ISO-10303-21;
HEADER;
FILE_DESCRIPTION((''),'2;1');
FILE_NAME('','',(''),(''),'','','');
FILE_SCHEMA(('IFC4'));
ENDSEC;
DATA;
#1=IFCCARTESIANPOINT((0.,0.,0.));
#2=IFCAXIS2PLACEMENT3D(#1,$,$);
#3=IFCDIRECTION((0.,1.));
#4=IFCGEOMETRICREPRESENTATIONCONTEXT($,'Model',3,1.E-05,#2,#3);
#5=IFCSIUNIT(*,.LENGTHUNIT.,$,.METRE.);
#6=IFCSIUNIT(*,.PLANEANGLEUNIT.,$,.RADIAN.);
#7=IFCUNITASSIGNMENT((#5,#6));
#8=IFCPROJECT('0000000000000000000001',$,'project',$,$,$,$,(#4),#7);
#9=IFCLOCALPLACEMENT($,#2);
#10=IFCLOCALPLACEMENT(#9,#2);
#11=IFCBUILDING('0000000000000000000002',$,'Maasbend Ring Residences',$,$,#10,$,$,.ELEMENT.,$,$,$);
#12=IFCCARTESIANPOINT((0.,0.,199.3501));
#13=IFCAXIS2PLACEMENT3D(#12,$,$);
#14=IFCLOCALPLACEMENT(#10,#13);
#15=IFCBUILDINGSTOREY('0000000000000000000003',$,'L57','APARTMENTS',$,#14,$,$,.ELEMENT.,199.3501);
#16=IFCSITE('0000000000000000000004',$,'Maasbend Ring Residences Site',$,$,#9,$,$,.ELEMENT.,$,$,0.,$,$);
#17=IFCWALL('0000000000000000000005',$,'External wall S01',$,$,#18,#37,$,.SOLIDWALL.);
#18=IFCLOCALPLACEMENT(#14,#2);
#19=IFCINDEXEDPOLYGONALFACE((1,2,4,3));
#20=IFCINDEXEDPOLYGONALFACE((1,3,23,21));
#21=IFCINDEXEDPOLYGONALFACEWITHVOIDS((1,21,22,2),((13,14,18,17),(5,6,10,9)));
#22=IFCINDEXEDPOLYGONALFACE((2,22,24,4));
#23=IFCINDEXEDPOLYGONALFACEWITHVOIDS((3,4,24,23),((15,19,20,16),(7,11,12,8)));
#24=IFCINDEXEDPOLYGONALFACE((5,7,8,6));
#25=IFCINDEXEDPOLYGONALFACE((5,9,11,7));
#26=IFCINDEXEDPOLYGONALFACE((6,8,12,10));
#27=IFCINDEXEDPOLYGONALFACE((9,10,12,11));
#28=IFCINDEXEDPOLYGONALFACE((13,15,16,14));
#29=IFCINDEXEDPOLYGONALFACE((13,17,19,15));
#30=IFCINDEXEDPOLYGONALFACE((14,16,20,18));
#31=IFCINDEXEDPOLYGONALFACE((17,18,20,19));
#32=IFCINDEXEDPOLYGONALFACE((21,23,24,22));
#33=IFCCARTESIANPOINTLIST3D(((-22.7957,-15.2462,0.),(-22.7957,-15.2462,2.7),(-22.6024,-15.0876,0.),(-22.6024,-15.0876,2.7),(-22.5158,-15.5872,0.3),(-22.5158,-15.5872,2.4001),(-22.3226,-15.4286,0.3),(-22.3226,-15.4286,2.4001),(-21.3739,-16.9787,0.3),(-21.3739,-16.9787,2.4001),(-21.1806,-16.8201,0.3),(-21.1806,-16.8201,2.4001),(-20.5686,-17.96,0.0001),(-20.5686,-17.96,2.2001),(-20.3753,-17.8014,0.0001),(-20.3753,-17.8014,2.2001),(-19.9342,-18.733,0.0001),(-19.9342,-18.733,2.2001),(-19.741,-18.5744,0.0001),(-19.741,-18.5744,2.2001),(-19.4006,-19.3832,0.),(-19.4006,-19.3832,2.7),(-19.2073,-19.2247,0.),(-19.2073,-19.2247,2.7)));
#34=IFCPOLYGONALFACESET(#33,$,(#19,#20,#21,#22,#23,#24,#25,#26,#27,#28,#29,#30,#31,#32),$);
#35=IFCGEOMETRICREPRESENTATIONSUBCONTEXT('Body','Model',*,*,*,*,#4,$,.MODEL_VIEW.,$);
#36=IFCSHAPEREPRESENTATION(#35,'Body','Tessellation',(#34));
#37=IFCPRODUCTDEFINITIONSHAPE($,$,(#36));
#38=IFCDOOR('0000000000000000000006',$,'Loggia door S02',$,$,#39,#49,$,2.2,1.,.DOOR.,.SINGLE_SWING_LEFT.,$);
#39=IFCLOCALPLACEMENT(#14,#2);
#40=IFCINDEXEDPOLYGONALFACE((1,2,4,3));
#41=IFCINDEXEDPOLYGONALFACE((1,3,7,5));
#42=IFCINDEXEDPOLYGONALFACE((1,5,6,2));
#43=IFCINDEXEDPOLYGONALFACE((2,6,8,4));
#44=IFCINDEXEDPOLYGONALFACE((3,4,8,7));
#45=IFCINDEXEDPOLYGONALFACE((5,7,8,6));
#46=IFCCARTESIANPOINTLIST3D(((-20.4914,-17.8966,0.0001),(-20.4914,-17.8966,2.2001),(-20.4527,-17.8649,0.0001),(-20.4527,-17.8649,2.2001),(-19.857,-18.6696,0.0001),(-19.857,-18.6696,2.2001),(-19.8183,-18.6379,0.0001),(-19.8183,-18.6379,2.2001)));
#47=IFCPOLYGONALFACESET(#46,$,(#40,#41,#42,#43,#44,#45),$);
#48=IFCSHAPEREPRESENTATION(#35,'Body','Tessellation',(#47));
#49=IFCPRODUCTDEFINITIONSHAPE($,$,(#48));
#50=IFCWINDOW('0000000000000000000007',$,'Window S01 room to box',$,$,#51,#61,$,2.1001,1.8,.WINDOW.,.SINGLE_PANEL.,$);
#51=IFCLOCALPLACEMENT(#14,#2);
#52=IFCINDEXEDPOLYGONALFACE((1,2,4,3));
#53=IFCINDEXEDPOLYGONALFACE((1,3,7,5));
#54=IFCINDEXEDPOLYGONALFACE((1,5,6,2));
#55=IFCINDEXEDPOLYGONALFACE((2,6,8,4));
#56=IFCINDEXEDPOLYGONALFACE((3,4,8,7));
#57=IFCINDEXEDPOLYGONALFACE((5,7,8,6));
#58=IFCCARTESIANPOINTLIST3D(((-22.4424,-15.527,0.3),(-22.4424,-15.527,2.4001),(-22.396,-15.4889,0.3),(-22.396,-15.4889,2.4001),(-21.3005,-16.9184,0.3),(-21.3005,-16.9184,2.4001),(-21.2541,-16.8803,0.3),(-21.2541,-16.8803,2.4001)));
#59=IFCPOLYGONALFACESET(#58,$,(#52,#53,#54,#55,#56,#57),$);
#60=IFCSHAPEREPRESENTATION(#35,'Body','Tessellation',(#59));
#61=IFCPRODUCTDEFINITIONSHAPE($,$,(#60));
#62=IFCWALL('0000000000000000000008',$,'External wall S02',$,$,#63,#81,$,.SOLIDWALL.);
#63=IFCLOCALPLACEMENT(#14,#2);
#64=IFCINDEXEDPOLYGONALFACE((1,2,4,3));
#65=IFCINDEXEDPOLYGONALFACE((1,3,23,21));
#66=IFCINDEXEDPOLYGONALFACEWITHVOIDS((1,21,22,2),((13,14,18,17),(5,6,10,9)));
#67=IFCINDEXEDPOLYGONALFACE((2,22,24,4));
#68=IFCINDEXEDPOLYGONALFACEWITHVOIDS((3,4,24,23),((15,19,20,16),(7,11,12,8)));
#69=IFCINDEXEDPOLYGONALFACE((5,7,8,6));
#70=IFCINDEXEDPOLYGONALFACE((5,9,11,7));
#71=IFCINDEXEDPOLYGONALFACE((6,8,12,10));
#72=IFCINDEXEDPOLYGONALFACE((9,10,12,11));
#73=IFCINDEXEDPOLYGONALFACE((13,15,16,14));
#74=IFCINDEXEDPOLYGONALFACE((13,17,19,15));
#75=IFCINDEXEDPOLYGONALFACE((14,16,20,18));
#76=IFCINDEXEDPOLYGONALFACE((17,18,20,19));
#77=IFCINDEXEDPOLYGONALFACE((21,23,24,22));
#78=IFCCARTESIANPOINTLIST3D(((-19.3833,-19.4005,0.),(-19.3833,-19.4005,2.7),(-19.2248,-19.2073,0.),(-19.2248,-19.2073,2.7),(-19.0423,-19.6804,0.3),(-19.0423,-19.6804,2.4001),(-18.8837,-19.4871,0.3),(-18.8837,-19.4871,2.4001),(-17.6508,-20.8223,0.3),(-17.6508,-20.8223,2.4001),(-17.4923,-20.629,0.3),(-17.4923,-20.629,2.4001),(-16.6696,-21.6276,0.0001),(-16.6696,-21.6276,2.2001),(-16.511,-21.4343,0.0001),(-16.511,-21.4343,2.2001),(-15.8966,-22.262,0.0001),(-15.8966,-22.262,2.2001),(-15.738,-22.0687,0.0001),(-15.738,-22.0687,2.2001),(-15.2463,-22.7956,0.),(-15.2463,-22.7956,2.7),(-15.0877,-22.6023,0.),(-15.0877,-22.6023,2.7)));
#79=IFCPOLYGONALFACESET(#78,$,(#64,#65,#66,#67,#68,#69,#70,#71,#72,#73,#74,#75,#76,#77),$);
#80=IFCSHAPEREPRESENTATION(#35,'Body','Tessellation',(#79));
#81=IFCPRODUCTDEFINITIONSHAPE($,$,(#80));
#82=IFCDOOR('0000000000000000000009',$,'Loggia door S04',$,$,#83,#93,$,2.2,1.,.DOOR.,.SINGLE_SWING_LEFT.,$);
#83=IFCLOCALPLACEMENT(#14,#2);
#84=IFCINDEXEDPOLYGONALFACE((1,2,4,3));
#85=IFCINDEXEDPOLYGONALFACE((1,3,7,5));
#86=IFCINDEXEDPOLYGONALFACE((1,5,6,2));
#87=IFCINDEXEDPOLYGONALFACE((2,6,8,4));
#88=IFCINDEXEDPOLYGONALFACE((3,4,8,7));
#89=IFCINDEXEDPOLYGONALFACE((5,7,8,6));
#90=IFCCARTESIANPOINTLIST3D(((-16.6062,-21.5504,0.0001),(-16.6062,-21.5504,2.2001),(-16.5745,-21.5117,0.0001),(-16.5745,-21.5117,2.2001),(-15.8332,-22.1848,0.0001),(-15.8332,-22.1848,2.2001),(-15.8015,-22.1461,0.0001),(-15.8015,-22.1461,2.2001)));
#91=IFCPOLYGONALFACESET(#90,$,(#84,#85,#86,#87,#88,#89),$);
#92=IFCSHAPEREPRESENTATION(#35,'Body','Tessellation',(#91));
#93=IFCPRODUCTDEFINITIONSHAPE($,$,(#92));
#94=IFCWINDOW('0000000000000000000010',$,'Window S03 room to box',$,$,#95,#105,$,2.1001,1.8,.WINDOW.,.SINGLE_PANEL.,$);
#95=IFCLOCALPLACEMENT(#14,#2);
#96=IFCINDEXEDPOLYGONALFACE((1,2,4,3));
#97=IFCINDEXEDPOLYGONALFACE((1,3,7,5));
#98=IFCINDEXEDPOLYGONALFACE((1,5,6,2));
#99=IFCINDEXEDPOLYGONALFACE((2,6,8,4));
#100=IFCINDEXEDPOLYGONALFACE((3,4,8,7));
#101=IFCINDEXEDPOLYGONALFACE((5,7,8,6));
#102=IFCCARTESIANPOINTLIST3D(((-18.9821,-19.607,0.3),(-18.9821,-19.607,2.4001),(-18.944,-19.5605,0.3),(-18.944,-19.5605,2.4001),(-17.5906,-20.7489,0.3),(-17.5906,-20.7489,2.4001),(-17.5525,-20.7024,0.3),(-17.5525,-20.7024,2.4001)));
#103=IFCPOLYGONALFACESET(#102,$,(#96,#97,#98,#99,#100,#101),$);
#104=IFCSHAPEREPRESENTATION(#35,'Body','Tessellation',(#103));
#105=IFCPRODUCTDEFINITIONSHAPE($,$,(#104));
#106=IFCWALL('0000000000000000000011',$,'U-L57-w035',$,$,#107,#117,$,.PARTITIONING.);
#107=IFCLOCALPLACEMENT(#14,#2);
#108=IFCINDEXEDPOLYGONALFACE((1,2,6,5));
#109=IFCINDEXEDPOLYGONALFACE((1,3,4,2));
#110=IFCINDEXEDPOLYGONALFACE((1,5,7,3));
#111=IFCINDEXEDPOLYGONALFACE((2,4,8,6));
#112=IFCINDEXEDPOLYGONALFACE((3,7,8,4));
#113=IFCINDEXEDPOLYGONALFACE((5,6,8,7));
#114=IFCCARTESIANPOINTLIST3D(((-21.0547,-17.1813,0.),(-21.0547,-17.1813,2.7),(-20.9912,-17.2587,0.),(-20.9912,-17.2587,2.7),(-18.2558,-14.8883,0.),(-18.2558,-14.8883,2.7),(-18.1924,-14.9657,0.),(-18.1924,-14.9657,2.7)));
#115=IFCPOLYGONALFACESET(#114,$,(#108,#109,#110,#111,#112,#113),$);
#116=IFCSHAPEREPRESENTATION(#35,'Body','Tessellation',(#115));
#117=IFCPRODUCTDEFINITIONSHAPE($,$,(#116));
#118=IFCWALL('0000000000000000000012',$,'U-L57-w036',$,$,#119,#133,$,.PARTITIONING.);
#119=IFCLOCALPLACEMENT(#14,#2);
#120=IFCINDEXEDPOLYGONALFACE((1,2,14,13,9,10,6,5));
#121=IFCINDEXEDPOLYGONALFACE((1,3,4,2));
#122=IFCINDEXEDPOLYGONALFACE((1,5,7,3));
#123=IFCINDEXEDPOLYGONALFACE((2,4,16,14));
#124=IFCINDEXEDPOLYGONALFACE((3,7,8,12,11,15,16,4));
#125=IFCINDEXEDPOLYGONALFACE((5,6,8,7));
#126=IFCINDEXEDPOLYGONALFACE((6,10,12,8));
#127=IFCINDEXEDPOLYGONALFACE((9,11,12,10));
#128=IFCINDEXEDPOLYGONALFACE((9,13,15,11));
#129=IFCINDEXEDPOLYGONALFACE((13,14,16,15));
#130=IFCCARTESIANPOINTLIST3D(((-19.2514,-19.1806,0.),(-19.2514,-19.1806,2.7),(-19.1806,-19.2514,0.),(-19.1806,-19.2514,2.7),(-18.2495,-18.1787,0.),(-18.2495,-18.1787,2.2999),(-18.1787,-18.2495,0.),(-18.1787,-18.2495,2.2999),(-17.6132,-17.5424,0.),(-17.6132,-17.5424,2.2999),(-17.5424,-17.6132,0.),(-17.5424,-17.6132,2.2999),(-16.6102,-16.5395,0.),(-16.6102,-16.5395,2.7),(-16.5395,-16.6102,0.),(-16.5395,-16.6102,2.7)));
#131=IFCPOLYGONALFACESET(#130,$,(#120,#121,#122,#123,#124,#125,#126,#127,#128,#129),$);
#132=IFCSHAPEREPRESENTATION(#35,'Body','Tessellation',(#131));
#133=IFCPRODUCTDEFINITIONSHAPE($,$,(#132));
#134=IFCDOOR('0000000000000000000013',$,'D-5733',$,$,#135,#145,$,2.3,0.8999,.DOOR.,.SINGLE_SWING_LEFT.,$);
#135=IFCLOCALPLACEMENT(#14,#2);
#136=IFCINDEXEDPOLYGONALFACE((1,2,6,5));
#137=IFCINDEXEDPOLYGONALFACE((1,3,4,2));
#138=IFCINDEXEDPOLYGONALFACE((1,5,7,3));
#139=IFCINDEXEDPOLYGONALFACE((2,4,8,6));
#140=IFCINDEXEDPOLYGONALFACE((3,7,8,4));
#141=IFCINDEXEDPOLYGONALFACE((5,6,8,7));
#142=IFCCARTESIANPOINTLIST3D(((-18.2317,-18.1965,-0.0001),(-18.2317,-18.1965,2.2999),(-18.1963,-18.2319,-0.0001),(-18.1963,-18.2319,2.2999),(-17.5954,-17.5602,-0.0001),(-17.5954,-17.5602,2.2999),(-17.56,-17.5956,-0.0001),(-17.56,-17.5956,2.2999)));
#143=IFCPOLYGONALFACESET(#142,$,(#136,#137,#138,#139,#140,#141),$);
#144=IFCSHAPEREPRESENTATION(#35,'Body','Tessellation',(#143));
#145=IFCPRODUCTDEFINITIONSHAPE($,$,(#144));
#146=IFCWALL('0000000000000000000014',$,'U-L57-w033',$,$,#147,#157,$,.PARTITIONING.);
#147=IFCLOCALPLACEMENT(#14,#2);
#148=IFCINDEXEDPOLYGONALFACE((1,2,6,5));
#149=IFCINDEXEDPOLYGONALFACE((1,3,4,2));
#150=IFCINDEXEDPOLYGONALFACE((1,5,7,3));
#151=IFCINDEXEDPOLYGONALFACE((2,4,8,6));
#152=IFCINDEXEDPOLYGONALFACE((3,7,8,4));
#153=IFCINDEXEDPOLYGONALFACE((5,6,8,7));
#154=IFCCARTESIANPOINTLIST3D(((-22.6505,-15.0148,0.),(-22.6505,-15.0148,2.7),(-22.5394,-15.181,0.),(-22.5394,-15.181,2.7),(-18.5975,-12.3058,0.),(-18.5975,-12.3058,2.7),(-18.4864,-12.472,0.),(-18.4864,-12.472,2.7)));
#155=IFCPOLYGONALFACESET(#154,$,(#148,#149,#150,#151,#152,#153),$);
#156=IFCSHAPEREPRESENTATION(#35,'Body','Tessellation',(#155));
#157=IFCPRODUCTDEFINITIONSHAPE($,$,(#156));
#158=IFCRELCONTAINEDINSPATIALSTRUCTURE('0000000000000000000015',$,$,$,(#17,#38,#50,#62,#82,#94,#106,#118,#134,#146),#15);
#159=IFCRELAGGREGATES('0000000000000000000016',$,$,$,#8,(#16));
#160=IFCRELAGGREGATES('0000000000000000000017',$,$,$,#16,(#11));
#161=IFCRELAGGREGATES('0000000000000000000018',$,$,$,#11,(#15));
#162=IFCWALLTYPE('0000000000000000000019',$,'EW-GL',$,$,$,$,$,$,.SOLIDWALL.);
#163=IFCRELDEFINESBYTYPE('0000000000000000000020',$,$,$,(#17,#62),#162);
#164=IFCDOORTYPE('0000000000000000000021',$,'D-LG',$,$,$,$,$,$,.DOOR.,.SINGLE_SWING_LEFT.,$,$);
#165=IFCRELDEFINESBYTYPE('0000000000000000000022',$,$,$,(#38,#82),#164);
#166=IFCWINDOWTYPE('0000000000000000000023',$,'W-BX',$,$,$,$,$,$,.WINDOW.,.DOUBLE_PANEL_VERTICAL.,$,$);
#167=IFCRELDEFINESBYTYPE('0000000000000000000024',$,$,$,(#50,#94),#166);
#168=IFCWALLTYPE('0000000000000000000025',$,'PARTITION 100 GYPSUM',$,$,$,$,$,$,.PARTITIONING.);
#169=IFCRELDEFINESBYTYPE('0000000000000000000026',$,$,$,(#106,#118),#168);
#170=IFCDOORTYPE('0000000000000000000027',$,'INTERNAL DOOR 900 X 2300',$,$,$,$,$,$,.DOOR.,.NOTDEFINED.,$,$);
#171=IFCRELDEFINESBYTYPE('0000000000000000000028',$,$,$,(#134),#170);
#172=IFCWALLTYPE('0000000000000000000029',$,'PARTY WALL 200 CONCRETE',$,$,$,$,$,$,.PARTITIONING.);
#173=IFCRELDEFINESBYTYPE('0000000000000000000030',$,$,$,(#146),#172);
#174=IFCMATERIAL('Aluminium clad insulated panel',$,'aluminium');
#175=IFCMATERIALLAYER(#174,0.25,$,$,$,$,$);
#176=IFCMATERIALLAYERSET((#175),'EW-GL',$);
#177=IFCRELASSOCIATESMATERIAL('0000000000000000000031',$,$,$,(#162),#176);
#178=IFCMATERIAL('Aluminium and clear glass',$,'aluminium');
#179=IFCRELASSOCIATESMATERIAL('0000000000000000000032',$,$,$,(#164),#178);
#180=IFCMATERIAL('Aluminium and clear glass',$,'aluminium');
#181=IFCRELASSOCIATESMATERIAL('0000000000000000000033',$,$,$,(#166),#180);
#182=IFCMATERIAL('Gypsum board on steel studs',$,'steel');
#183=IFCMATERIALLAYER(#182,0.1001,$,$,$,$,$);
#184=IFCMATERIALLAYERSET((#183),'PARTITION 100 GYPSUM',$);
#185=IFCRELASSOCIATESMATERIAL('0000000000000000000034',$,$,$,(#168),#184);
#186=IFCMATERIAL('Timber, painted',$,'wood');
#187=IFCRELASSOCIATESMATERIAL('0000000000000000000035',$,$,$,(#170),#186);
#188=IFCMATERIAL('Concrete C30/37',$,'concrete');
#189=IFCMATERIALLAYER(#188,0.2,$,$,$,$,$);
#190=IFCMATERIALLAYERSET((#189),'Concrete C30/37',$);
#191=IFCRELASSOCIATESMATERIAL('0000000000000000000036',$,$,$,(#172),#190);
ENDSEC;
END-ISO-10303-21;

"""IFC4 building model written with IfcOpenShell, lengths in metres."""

from ifc_helpers import new_model, si_unit, direction, frame, frame_2d, origin, place, context, subcontext, project, spatial, rectangle, extrude, material, layer, layer_set, type_object, element, fill, save


model = new_model("IFC4")

# Units and contexts
model_context = context("Model", 3, precision=1e-05, world=origin(), true_north=direction((0.0, 1.0)))
body_context = subcontext(model_context, "Body", "Model", "MODEL_VIEW")
ifc_project = project(units=[si_unit("LENGTHUNIT", "METRE"), si_unit("PLANEANGLEUNIT", "RADIAN")], contexts=[model_context])

# Site, building, storey
site_placement = place(None, origin())
site = spatial("IfcSite", under=ifc_project, at=site_placement, Name="Maasbend Ring Residences Site", CompositionType="ELEMENT", RefElevation=0.0)
building_placement = place(site_placement, origin())
building = spatial("IfcBuilding", under=site, at=building_placement, Name="Maasbend Ring Residences", CompositionType="ELEMENT")
storey_placement = place(building_placement, frame((0.0, 0.0, 199.3501)))
storey = spatial("IfcBuildingStorey", under=building, at=storey_placement, Name="L57", Description="APARTMENTS", CompositionType="ELEMENT", Elevation=199.3501)

# Walls, openings, doors, windows
ifc_material_1 = material(Name="Aluminium clad insulated panel", Category="aluminium")
ifc_layer_1 = layer(ifc_material_1, 0.25)
ifc_layer_set_1 = layer_set([ifc_layer_1], Name="EW-GL")
wall_type_1 = type_object("IfcWallType", Name="EW-GL", PredefinedType="SOLIDWALL", material=ifc_layer_set_1)
wall_1_placement = place(storey_placement, frame((-22.699, -15.167, 0.0), z_axis=(0.0, 0.0, 1.0), x_axis=(0.634382, -0.773019, 0.0)))
wall_1 = element("IfcWall", 1, at=wall_1_placement, inside=storey, type_object=wall_type_1, Name="External wall S01", PredefinedType="SOLIDWALL", context=body_context, shape_type="SweptSolid", body=[
    extrude(rectangle(XDim=5.3518, YDim=0.25, at=frame_2d((2.6758, 0.0))), origin(), (0.0, 0.0, 1.0), 2.7),
])
opening_1_placement = place(wall_1_placement, frame((0.4412, 0.0, 0.3)))
opening_1 = element("IfcOpeningElement", 2, at=opening_1_placement, cuts=wall_1, PredefinedType="OPENING", context=body_context, shape_type="SweptSolid", body=[
    extrude(rectangle(XDim=1.8, YDim=2.1001, at=frame_2d((0.8999, 1.05))), frame((0.0, 0.135, 0.0), z_axis=(0.0, -1.0, 0.0), x_axis=(1.0, 0.0, 0.0)), (0.0, 0.0, 1.0), 0.27),
])
opening_2_placement = place(wall_1_placement, frame((3.5105, 0.0, 0.0)))
opening_2 = element("IfcOpeningElement", 3, at=opening_2_placement, cuts=wall_1, PredefinedType="OPENING", context=body_context, shape_type="SweptSolid", body=[
    extrude(rectangle(XDim=1.0, YDim=2.2, at=frame_2d((0.5, 1.1001))), frame((0.0, 0.135, 0.0), z_axis=(0.0, -1.0, 0.0), x_axis=(1.0, 0.0, 0.0)), (0.0, 0.0, 1.0), 0.27),
])
ifc_material_2 = material(Name="Aluminium and clear glass", Category="aluminium")
door_type_1 = type_object("IfcDoorType", Name="D-LG", OperationType="SINGLE_SWING_LEFT", PredefinedType="DOOR", material=ifc_material_2)
door_1_placement = place(opening_2_placement, origin())
door_1 = element("IfcDoor", 4, at=door_1_placement, inside=storey, type_object=door_type_1, Name="Loggia door S02", OperationType="SINGLE_SWING_LEFT", OverallHeight=2.2, OverallWidth=1.0, PredefinedType="DOOR", context=body_context, shape_type="SweptSolid", body=[
    extrude(rectangle(XDim=1.0, YDim=2.2, at=frame_2d((0.5, 1.1001))), frame((0.0, 0.0249, 0.0), z_axis=(0.0, -1.0, 0.0), x_axis=(1.0, 0.0, 0.0)), (0.0, 0.0, 1.0), 0.05),
])
fill(opening_2, door_1)
ifc_material_3 = material(Name="Aluminium and clear glass", Category="aluminium")
window_type_1 = type_object("IfcWindowType", Name="W-BX", PartitioningType="DOUBLE_PANEL_VERTICAL", PredefinedType="WINDOW", material=ifc_material_3)
window_1_placement = place(opening_1_placement, origin())
window_1 = element("IfcWindow", 5, at=window_1_placement, inside=storey, type_object=window_type_1, Name="Window S01 room to box", OverallHeight=2.1001, OverallWidth=1.8, PartitioningType="SINGLE_PANEL", PredefinedType="WINDOW", context=body_context, shape_type="SweptSolid", body=[
    extrude(rectangle(XDim=1.8, YDim=2.1001, at=frame_2d((0.8999, 1.05))), frame((0.0, 0.03, 0.0), z_axis=(0.0, -1.0, 0.0), x_axis=(1.0, 0.0, 0.0)), (0.0, 0.0, 1.0), 0.0601),
])
fill(opening_1, window_1)
wall_2_placement = place(storey_placement, frame((-19.304, -19.304, 0.0), z_axis=(0.0, 0.0, 1.0), x_axis=(0.773019, -0.634382, 0.0)))
wall_2 = element("IfcWall", 6, at=wall_2_placement, inside=storey, type_object=wall_type_1, Name="External wall S02", PredefinedType="SOLIDWALL", context=body_context, shape_type="SweptSolid", body=[
    extrude(rectangle(XDim=5.3518, YDim=0.25, at=frame_2d((2.6758, 0.0))), origin(), (0.0, 0.0, 1.0), 2.7),
])
opening_3_placement = place(wall_2_placement, frame((0.4412, 0.0, 0.3)))
opening_3 = element("IfcOpeningElement", 7, at=opening_3_placement, cuts=wall_2, PredefinedType="OPENING", context=body_context, shape_type="SweptSolid", body=[
    extrude(rectangle(XDim=1.8, YDim=2.1001, at=frame_2d((0.8999, 1.05))), frame((0.0, 0.135, 0.0), z_axis=(0.0, -1.0, 0.0), x_axis=(1.0, 0.0, 0.0)), (0.0, 0.0, 1.0), 0.27),
])
opening_4_placement = place(wall_2_placement, frame((3.5105, 0.0, 0.0)))
opening_4 = element("IfcOpeningElement", 8, at=opening_4_placement, cuts=wall_2, PredefinedType="OPENING", context=body_context, shape_type="SweptSolid", body=[
    extrude(rectangle(XDim=1.0, YDim=2.2, at=frame_2d((0.5, 1.1001))), frame((0.0, 0.135, 0.0), z_axis=(0.0, -1.0, 0.0), x_axis=(1.0, 0.0, 0.0)), (0.0, 0.0, 1.0), 0.27),
])
door_2_placement = place(opening_4_placement, origin())
door_2 = element("IfcDoor", 9, at=door_2_placement, inside=storey, type_object=door_type_1, Name="Loggia door S04", OperationType="SINGLE_SWING_LEFT", OverallHeight=2.2, OverallWidth=1.0, PredefinedType="DOOR", context=body_context, shape_type="SweptSolid", body=[
    extrude(rectangle(XDim=1.0, YDim=2.2, at=frame_2d((0.5, 1.1001))), frame((0.0, 0.0249, 0.0), z_axis=(0.0, -1.0, 0.0), x_axis=(1.0, 0.0, 0.0)), (0.0, 0.0, 1.0), 0.05),
])
fill(opening_4, door_2)
window_2_placement = place(opening_3_placement, origin())
window_2 = element("IfcWindow", 10, at=window_2_placement, inside=storey, type_object=window_type_1, Name="Window S03 room to box", OverallHeight=2.1001, OverallWidth=1.8, PartitioningType="SINGLE_PANEL", PredefinedType="WINDOW", context=body_context, shape_type="SweptSolid", body=[
    extrude(rectangle(XDim=1.8, YDim=2.1001, at=frame_2d((0.8999, 1.05))), frame((0.0, 0.03, 0.0), z_axis=(0.0, -1.0, 0.0), x_axis=(1.0, 0.0, 0.0)), (0.0, 0.0, 1.0), 0.0601),
])
fill(opening_3, window_2)

# Wall
ifc_material_4 = material(Name="Gypsum board on steel studs", Category="steel")
ifc_layer_2 = layer(ifc_material_4, 0.1001)
ifc_layer_set_2 = layer_set([ifc_layer_2], Name="PARTITION 100 GYPSUM")
wall_type_2 = type_object("IfcWallType", Name="PARTITION 100 GYPSUM", PredefinedType="PARTITIONING", material=ifc_layer_set_2)
wall_3_placement = place(storey_placement, frame((-21.0229, -17.22, 0.0), z_axis=(0.0, 0.0, 1.0), x_axis=(0.773548, 0.633737, 0.0)))
element("IfcWall", 11, at=wall_3_placement, inside=storey, type_object=wall_type_2, Name="U-L57-w035", PredefinedType="PARTITIONING", context=body_context, shape_type="SweptSolid", body=[
    extrude(rectangle(XDim=3.6182, YDim=0.1001, at=frame_2d((1.8091, 0.0))), origin(), (0.0, 0.0, 1.0), 2.7),
])

# Wall, opening, door
wall_4_placement = place(storey_placement, frame((-19.2161, -19.2161, 0.0), z_axis=(0.0, 0.0, 1.0), x_axis=(0.707107, 0.707107, 0.0)))
wall_4 = element("IfcWall", 12, at=wall_4_placement, inside=storey, type_object=wall_type_2, Name="U-L57-w036", PredefinedType="PARTITIONING", context=body_context, shape_type="SweptSolid", body=[
    extrude(rectangle(XDim=3.7351, YDim=0.1001, at=frame_2d((1.8677, 0.0))), origin(), (0.0, 0.0, 1.0), 2.7),
])
opening_5_placement = place(wall_4_placement, frame((1.417, 0.0, 0.0)))
opening_5 = element("IfcOpeningElement", 13, at=opening_5_placement, cuts=wall_4, PredefinedType="OPENING", context=body_context, shape_type="SweptSolid", body=[
    extrude(rectangle(XDim=0.8999, YDim=2.3, at=frame_2d((0.45, 1.1499))), frame((0.0, 0.0601, 0.0), z_axis=(0.0, -1.0, 0.0), x_axis=(1.0, 0.0, 0.0)), (0.0, 0.0, 1.0), 0.1201),
])
ifc_material_5 = material(Name="Timber, painted", Category="wood")
door_type_2 = type_object("IfcDoorType", Name="INTERNAL DOOR 900 X 2300", OperationType="NOTDEFINED", PredefinedType="DOOR", material=ifc_material_5)
door_3_placement = place(opening_5_placement, origin())
door_3 = element("IfcDoor", 14, at=door_3_placement, inside=storey, type_object=door_type_2, Name="D-5733", OperationType="SINGLE_SWING_LEFT", OverallHeight=2.3, OverallWidth=0.8999, PredefinedType="DOOR", context=body_context, shape_type="SweptSolid", body=[
    extrude(rectangle(XDim=0.8999, YDim=2.3, at=frame_2d((0.45, 1.1499))), frame((0.0, 0.0249, 0.0), z_axis=(0.0, -1.0, 0.0), x_axis=(1.0, 0.0, 0.0)), (0.0, 0.0, 1.0), 0.05),
])
fill(opening_5, door_3)

# Wall
ifc_material_6 = material(Name="Concrete C30/37", Category="concrete")
ifc_layer_3 = layer(ifc_material_6, 0.2)
ifc_layer_set_3 = layer_set([ifc_layer_3], Name="Concrete C30/37")
wall_type_3 = type_object("IfcWallType", Name="PARTY WALL 200 CONCRETE", PredefinedType="PARTITIONING", material=ifc_layer_set_3)
wall_5_placement = place(storey_placement, frame((-22.595, -15.0979, 0.0), z_axis=(0.0, 0.0, 1.0), x_axis=(0.831387, 0.555694, 0.0)))
element("IfcWall", 15, at=wall_5_placement, inside=storey, type_object=wall_type_3, Name="U-L57-w033", PredefinedType="PARTITIONING", context=body_context, shape_type="SweptSolid", body=[
    extrude(rectangle(XDim=4.875, YDim=0.2, at=frame_2d((2.4375, 0.0))), origin(), (0.0, 0.0, 1.0), 2.7),
])

save(model, "model.ifc")
